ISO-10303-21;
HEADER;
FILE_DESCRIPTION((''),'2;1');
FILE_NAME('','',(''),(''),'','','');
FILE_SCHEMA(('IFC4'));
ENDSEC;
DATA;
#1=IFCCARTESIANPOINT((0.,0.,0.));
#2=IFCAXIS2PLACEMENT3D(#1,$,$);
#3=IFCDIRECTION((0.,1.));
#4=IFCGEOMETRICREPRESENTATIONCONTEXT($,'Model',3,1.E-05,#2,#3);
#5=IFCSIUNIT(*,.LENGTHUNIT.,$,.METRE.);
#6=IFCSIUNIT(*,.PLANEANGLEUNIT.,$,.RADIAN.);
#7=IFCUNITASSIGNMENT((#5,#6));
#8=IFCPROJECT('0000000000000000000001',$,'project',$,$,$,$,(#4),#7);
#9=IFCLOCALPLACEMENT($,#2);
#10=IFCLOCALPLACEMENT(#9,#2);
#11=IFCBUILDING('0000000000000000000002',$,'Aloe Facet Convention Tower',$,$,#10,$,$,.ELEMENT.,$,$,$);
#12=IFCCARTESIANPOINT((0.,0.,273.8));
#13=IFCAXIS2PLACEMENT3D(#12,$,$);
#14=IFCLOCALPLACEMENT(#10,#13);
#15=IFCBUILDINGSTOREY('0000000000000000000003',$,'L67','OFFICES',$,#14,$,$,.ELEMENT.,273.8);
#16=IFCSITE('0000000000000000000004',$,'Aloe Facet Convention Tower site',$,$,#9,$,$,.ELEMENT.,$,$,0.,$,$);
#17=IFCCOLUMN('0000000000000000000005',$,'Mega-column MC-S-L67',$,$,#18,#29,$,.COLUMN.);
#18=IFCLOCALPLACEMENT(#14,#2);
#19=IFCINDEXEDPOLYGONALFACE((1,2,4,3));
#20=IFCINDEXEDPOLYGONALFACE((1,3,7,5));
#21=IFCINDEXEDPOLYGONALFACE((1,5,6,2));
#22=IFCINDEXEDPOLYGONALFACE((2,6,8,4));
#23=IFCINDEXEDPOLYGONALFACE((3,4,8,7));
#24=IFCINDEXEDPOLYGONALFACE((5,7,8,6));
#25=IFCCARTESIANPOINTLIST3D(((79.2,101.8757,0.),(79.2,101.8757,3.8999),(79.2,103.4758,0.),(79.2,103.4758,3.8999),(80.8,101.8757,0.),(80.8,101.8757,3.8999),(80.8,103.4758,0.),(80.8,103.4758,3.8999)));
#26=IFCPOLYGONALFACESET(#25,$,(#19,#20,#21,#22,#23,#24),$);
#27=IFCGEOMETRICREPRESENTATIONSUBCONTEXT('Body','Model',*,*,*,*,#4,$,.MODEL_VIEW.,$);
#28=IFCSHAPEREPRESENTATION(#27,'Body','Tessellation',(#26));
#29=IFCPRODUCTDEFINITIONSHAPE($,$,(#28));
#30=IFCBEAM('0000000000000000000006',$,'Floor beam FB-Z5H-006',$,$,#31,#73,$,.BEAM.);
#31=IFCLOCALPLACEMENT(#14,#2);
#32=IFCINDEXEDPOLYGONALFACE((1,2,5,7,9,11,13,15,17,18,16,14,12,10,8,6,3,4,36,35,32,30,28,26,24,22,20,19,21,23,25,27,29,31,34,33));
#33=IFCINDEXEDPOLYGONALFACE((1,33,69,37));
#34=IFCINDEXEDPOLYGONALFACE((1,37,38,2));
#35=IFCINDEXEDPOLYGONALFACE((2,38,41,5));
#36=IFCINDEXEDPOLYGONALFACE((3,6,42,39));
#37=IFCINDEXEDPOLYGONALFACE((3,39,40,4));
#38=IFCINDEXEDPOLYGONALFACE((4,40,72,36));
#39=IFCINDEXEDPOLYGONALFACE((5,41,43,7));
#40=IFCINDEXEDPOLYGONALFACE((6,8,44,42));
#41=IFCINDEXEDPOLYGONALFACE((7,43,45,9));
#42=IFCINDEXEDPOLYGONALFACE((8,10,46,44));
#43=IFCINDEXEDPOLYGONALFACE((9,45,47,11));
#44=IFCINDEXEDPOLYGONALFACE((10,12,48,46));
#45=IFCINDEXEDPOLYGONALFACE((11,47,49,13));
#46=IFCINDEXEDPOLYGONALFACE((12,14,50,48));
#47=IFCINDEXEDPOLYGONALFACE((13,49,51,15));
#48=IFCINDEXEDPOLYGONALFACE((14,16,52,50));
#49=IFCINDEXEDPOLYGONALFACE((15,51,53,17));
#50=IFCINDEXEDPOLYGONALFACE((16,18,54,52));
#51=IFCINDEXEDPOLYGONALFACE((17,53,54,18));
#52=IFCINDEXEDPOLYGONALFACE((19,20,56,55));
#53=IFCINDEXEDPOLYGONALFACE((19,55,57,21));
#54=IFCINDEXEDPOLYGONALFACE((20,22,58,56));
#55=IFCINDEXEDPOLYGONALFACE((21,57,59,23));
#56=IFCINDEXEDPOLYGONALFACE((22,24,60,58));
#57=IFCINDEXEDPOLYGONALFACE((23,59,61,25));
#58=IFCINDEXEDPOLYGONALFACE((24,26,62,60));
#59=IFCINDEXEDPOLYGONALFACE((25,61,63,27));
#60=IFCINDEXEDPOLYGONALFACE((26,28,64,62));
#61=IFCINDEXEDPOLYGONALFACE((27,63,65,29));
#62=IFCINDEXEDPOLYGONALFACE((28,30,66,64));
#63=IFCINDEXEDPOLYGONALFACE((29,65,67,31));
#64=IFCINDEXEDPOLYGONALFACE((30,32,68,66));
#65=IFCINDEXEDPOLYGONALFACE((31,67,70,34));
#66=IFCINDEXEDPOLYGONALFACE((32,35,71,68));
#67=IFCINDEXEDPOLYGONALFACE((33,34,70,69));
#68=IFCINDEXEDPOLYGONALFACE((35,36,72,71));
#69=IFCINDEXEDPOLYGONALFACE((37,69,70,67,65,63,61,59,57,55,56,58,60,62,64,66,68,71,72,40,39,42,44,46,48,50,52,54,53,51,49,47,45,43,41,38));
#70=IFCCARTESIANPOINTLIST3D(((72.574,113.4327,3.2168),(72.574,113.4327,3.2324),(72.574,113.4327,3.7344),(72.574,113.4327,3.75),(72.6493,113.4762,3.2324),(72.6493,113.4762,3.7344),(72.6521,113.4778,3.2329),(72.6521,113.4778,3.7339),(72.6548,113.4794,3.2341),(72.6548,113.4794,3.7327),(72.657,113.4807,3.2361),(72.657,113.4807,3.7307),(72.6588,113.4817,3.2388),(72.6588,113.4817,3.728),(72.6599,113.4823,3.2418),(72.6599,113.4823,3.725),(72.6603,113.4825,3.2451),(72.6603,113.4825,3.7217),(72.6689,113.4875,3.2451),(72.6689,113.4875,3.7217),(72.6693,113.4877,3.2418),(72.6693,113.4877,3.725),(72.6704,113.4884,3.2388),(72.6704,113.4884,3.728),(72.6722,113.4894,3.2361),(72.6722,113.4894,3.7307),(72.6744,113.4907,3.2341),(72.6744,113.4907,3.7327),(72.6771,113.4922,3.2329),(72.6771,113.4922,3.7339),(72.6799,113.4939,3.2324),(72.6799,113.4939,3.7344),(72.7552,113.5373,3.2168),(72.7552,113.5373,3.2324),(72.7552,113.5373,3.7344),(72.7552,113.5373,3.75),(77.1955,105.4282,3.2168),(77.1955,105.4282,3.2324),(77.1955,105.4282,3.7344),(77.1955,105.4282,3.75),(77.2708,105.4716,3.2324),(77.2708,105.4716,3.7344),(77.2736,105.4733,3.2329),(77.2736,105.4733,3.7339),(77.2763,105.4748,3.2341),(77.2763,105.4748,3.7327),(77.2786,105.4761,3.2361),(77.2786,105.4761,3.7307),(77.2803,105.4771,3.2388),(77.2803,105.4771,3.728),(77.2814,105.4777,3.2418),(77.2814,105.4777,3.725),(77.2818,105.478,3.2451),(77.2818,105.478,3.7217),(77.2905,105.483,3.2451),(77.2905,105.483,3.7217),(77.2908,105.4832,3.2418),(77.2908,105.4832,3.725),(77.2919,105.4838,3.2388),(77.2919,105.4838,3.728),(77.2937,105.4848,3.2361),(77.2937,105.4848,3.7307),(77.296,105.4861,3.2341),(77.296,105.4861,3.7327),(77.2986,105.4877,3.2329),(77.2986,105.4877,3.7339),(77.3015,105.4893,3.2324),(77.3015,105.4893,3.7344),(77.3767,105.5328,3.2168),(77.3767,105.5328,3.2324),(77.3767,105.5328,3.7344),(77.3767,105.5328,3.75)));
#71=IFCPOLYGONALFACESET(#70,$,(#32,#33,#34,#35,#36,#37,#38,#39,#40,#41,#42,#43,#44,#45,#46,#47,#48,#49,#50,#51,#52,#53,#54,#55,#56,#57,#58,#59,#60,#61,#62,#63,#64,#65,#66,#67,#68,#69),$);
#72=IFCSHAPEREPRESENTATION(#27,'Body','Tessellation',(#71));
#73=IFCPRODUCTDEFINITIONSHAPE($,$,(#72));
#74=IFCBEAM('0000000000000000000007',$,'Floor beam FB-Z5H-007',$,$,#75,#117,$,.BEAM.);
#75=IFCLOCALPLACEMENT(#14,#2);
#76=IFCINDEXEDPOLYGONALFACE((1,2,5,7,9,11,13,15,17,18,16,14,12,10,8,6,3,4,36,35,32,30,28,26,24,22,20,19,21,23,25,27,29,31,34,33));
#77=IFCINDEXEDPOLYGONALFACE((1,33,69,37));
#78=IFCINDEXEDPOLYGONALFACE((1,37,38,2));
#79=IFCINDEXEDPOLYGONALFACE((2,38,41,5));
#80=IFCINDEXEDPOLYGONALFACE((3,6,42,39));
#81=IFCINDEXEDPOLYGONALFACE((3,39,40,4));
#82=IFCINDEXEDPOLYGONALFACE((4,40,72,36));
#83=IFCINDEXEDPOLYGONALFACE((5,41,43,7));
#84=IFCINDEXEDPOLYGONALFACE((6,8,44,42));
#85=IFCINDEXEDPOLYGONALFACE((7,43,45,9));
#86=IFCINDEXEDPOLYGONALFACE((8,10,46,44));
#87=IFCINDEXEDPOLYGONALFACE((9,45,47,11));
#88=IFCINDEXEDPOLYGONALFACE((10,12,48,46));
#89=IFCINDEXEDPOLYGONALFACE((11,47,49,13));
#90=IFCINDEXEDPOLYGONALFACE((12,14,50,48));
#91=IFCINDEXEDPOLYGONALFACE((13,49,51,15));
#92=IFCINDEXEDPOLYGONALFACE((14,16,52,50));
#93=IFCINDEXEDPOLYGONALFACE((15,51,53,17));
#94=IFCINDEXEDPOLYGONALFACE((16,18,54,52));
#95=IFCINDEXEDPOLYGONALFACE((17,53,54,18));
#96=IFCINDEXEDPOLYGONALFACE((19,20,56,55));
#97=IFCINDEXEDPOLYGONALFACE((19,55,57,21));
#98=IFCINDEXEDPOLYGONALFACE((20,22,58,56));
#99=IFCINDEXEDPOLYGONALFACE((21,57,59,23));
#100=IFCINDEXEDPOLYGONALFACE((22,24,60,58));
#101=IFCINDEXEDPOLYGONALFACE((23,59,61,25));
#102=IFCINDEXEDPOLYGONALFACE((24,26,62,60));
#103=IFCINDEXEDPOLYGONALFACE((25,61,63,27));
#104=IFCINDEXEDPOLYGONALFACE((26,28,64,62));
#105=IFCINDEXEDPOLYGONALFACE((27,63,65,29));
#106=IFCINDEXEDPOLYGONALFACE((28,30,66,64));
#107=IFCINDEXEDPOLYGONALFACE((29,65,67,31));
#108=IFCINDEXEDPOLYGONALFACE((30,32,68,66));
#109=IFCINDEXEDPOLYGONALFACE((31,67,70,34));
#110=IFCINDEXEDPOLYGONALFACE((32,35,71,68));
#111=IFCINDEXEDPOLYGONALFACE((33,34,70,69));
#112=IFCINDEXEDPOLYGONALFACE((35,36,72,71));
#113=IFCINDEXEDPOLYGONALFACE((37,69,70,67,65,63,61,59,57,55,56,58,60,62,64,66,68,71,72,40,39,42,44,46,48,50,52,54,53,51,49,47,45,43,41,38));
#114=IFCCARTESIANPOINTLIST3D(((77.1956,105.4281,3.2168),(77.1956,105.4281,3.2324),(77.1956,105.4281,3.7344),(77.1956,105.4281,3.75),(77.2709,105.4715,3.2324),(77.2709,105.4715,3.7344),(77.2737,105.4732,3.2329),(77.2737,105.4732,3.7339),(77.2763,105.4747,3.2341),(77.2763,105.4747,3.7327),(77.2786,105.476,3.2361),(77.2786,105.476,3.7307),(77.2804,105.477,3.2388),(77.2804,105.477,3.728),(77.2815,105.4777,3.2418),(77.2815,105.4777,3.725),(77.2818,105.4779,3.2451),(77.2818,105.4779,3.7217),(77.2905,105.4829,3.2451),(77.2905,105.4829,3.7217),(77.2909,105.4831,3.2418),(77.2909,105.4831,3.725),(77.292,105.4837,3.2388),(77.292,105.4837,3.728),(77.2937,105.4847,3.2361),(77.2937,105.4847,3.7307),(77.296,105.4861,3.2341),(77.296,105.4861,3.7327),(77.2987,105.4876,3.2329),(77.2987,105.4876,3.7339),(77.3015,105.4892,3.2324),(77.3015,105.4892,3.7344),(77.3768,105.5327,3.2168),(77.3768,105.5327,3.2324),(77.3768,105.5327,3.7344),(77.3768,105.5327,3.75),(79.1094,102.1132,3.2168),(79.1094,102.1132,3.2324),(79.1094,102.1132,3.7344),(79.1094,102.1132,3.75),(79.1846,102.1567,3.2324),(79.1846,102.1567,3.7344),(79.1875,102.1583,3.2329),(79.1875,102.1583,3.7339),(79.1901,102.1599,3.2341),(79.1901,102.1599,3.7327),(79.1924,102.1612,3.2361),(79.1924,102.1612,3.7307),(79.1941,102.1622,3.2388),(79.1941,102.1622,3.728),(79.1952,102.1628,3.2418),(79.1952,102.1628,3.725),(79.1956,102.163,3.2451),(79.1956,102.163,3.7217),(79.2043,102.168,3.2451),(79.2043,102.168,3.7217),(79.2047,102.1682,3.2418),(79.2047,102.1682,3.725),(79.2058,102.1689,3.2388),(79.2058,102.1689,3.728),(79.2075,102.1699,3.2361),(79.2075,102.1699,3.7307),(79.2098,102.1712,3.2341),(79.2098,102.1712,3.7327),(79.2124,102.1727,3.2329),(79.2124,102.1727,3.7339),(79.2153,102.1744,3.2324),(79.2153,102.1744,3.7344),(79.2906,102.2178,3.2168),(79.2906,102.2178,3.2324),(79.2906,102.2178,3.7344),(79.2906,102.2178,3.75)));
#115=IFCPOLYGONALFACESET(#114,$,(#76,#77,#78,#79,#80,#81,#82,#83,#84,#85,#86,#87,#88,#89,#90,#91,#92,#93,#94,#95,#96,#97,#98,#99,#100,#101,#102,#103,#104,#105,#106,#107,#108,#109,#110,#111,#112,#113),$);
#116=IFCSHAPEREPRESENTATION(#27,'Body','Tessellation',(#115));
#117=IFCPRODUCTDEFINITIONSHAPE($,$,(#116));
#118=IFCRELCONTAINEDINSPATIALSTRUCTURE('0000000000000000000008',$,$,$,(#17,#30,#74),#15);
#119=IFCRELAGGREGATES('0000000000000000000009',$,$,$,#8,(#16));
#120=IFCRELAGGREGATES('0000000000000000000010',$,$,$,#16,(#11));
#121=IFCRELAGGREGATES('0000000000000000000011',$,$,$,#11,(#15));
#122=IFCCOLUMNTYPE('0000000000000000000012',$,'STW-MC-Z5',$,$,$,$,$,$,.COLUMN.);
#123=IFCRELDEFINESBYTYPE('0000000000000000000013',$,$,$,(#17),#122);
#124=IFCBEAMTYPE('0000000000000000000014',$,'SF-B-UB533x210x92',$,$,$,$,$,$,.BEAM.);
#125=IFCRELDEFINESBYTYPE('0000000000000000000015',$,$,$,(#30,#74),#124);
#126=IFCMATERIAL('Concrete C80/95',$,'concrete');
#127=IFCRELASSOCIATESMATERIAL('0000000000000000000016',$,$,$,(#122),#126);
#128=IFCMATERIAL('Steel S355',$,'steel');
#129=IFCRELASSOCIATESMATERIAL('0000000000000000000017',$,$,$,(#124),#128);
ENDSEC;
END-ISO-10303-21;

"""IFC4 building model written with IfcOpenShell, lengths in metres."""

from ifc_helpers import new_model, si_unit, direction, frame, origin, origin_2d, place, context, subcontext, project, spatial, rectangle, i_section, extrude, material, material_profile, profile_set, type_object, element, save


model = new_model("IFC4")

# Units and contexts
model_context = context("Model", 3, precision=1e-05, world=origin(), true_north=direction((0.0, 1.0)))
body_context = subcontext(model_context, "Body", "Model", "MODEL_VIEW")
ifc_project = project(units=[si_unit("LENGTHUNIT", "METRE"), si_unit("PLANEANGLEUNIT", "RADIAN")], contexts=[model_context])

# Site, building, storey
site_placement = place(None, origin())
site = spatial("IfcSite", under=ifc_project, at=site_placement, Name="Aloe Facet Convention Tower site", CompositionType="ELEMENT", RefElevation=0.0)
building_placement = place(site_placement, origin())
building = spatial("IfcBuilding", under=site, at=building_placement, Name="Aloe Facet Convention Tower", CompositionType="ELEMENT")
storey_placement = place(building_placement, frame((0.0, 0.0, 273.8)))
storey = spatial("IfcBuildingStorey", under=building, at=storey_placement, Name="L67", Description="OFFICES", CompositionType="ELEMENT", Elevation=273.8)

# Column
ifc_material_1 = material(Name="Concrete C80/95", Category="concrete")
ifc_material_profile_1 = material_profile(ifc_material_1, rectangle(XDim=1.6001, YDim=1.6001, at=origin_2d()), Name="STW-MC-Z5")
ifc_profile_set_1 = profile_set([ifc_material_profile_1], Name="Concrete C80/95")
column_type = type_object("IfcColumnType", Name="STW-MC-Z5", PredefinedType="COLUMN", material=ifc_profile_set_1)
column_placement = place(storey_placement, frame((80.0, 102.6758, 0.0), z_axis=(0.0, 0.0, 1.0), x_axis=(1.0, 0.0, 0.0)))
element("IfcColumn", 1, at=column_placement, inside=storey, type_object=column_type, Name="Mega-column MC-S-L67", PredefinedType="COLUMN", context=body_context, shape_type="SweptSolid", body=[
    extrude(rectangle(XDim=1.6001, YDim=1.6001, at=origin_2d()), origin(), (0.0, 0.0, 1.0), 3.8999),
])

# Beams
ifc_material_2 = material(Name="Steel S355", Category="steel")
ifc_material_profile_2 = material_profile(ifc_material_2, i_section(OverallWidth=0.2092, OverallDepth=0.5332, WebThickness=0.01, FlangeThickness=0.0156, FilletRadius=0.0127, at=origin_2d()), Name="UB 533x210x92")
ifc_profile_set_2 = profile_set([ifc_material_profile_2], Name="Steel S355")
beam_type = type_object("IfcBeamType", Name="SF-B-UB533x210x92", PredefinedType="BEAM", material=ifc_profile_set_2)
beam_1_placement = place(storey_placement, frame((77.2861, 105.4805, 3.4834), z_axis=(-0.500008, 0.866021, 0.0), x_axis=(-0.866021, -0.500008, 0.0)))
element("IfcBeam", 2, at=beam_1_placement, inside=storey, type_object=beam_type, Name="Floor beam FB-Z5H-006", PredefinedType="BEAM", context=body_context, shape_type="SweptSolid", body=[
    extrude(i_section(OverallWidth=0.2092, OverallDepth=0.5332, WebThickness=0.01, FlangeThickness=0.0156, FilletRadius=0.0127, at=origin_2d()), origin(), (0.0, 0.0, 1.0), 9.2429),
])
beam_2_placement = place(storey_placement, frame((79.2, 102.1655, 3.4834), z_axis=(-0.499987, 0.866033, 0.0), x_axis=(-0.866033, -0.499987, 0.0)))
element("IfcBeam", 3, at=beam_2_placement, inside=storey, type_object=beam_type, Name="Floor beam FB-Z5H-007", PredefinedType="BEAM", context=body_context, shape_type="SweptSolid", body=[
    extrude(i_section(OverallWidth=0.2092, OverallDepth=0.5332, WebThickness=0.01, FlangeThickness=0.0156, FilletRadius=0.0127, at=origin_2d()), origin(), (0.0, 0.0, 1.0), 3.8276),
])

save(model, "model.ifc")
